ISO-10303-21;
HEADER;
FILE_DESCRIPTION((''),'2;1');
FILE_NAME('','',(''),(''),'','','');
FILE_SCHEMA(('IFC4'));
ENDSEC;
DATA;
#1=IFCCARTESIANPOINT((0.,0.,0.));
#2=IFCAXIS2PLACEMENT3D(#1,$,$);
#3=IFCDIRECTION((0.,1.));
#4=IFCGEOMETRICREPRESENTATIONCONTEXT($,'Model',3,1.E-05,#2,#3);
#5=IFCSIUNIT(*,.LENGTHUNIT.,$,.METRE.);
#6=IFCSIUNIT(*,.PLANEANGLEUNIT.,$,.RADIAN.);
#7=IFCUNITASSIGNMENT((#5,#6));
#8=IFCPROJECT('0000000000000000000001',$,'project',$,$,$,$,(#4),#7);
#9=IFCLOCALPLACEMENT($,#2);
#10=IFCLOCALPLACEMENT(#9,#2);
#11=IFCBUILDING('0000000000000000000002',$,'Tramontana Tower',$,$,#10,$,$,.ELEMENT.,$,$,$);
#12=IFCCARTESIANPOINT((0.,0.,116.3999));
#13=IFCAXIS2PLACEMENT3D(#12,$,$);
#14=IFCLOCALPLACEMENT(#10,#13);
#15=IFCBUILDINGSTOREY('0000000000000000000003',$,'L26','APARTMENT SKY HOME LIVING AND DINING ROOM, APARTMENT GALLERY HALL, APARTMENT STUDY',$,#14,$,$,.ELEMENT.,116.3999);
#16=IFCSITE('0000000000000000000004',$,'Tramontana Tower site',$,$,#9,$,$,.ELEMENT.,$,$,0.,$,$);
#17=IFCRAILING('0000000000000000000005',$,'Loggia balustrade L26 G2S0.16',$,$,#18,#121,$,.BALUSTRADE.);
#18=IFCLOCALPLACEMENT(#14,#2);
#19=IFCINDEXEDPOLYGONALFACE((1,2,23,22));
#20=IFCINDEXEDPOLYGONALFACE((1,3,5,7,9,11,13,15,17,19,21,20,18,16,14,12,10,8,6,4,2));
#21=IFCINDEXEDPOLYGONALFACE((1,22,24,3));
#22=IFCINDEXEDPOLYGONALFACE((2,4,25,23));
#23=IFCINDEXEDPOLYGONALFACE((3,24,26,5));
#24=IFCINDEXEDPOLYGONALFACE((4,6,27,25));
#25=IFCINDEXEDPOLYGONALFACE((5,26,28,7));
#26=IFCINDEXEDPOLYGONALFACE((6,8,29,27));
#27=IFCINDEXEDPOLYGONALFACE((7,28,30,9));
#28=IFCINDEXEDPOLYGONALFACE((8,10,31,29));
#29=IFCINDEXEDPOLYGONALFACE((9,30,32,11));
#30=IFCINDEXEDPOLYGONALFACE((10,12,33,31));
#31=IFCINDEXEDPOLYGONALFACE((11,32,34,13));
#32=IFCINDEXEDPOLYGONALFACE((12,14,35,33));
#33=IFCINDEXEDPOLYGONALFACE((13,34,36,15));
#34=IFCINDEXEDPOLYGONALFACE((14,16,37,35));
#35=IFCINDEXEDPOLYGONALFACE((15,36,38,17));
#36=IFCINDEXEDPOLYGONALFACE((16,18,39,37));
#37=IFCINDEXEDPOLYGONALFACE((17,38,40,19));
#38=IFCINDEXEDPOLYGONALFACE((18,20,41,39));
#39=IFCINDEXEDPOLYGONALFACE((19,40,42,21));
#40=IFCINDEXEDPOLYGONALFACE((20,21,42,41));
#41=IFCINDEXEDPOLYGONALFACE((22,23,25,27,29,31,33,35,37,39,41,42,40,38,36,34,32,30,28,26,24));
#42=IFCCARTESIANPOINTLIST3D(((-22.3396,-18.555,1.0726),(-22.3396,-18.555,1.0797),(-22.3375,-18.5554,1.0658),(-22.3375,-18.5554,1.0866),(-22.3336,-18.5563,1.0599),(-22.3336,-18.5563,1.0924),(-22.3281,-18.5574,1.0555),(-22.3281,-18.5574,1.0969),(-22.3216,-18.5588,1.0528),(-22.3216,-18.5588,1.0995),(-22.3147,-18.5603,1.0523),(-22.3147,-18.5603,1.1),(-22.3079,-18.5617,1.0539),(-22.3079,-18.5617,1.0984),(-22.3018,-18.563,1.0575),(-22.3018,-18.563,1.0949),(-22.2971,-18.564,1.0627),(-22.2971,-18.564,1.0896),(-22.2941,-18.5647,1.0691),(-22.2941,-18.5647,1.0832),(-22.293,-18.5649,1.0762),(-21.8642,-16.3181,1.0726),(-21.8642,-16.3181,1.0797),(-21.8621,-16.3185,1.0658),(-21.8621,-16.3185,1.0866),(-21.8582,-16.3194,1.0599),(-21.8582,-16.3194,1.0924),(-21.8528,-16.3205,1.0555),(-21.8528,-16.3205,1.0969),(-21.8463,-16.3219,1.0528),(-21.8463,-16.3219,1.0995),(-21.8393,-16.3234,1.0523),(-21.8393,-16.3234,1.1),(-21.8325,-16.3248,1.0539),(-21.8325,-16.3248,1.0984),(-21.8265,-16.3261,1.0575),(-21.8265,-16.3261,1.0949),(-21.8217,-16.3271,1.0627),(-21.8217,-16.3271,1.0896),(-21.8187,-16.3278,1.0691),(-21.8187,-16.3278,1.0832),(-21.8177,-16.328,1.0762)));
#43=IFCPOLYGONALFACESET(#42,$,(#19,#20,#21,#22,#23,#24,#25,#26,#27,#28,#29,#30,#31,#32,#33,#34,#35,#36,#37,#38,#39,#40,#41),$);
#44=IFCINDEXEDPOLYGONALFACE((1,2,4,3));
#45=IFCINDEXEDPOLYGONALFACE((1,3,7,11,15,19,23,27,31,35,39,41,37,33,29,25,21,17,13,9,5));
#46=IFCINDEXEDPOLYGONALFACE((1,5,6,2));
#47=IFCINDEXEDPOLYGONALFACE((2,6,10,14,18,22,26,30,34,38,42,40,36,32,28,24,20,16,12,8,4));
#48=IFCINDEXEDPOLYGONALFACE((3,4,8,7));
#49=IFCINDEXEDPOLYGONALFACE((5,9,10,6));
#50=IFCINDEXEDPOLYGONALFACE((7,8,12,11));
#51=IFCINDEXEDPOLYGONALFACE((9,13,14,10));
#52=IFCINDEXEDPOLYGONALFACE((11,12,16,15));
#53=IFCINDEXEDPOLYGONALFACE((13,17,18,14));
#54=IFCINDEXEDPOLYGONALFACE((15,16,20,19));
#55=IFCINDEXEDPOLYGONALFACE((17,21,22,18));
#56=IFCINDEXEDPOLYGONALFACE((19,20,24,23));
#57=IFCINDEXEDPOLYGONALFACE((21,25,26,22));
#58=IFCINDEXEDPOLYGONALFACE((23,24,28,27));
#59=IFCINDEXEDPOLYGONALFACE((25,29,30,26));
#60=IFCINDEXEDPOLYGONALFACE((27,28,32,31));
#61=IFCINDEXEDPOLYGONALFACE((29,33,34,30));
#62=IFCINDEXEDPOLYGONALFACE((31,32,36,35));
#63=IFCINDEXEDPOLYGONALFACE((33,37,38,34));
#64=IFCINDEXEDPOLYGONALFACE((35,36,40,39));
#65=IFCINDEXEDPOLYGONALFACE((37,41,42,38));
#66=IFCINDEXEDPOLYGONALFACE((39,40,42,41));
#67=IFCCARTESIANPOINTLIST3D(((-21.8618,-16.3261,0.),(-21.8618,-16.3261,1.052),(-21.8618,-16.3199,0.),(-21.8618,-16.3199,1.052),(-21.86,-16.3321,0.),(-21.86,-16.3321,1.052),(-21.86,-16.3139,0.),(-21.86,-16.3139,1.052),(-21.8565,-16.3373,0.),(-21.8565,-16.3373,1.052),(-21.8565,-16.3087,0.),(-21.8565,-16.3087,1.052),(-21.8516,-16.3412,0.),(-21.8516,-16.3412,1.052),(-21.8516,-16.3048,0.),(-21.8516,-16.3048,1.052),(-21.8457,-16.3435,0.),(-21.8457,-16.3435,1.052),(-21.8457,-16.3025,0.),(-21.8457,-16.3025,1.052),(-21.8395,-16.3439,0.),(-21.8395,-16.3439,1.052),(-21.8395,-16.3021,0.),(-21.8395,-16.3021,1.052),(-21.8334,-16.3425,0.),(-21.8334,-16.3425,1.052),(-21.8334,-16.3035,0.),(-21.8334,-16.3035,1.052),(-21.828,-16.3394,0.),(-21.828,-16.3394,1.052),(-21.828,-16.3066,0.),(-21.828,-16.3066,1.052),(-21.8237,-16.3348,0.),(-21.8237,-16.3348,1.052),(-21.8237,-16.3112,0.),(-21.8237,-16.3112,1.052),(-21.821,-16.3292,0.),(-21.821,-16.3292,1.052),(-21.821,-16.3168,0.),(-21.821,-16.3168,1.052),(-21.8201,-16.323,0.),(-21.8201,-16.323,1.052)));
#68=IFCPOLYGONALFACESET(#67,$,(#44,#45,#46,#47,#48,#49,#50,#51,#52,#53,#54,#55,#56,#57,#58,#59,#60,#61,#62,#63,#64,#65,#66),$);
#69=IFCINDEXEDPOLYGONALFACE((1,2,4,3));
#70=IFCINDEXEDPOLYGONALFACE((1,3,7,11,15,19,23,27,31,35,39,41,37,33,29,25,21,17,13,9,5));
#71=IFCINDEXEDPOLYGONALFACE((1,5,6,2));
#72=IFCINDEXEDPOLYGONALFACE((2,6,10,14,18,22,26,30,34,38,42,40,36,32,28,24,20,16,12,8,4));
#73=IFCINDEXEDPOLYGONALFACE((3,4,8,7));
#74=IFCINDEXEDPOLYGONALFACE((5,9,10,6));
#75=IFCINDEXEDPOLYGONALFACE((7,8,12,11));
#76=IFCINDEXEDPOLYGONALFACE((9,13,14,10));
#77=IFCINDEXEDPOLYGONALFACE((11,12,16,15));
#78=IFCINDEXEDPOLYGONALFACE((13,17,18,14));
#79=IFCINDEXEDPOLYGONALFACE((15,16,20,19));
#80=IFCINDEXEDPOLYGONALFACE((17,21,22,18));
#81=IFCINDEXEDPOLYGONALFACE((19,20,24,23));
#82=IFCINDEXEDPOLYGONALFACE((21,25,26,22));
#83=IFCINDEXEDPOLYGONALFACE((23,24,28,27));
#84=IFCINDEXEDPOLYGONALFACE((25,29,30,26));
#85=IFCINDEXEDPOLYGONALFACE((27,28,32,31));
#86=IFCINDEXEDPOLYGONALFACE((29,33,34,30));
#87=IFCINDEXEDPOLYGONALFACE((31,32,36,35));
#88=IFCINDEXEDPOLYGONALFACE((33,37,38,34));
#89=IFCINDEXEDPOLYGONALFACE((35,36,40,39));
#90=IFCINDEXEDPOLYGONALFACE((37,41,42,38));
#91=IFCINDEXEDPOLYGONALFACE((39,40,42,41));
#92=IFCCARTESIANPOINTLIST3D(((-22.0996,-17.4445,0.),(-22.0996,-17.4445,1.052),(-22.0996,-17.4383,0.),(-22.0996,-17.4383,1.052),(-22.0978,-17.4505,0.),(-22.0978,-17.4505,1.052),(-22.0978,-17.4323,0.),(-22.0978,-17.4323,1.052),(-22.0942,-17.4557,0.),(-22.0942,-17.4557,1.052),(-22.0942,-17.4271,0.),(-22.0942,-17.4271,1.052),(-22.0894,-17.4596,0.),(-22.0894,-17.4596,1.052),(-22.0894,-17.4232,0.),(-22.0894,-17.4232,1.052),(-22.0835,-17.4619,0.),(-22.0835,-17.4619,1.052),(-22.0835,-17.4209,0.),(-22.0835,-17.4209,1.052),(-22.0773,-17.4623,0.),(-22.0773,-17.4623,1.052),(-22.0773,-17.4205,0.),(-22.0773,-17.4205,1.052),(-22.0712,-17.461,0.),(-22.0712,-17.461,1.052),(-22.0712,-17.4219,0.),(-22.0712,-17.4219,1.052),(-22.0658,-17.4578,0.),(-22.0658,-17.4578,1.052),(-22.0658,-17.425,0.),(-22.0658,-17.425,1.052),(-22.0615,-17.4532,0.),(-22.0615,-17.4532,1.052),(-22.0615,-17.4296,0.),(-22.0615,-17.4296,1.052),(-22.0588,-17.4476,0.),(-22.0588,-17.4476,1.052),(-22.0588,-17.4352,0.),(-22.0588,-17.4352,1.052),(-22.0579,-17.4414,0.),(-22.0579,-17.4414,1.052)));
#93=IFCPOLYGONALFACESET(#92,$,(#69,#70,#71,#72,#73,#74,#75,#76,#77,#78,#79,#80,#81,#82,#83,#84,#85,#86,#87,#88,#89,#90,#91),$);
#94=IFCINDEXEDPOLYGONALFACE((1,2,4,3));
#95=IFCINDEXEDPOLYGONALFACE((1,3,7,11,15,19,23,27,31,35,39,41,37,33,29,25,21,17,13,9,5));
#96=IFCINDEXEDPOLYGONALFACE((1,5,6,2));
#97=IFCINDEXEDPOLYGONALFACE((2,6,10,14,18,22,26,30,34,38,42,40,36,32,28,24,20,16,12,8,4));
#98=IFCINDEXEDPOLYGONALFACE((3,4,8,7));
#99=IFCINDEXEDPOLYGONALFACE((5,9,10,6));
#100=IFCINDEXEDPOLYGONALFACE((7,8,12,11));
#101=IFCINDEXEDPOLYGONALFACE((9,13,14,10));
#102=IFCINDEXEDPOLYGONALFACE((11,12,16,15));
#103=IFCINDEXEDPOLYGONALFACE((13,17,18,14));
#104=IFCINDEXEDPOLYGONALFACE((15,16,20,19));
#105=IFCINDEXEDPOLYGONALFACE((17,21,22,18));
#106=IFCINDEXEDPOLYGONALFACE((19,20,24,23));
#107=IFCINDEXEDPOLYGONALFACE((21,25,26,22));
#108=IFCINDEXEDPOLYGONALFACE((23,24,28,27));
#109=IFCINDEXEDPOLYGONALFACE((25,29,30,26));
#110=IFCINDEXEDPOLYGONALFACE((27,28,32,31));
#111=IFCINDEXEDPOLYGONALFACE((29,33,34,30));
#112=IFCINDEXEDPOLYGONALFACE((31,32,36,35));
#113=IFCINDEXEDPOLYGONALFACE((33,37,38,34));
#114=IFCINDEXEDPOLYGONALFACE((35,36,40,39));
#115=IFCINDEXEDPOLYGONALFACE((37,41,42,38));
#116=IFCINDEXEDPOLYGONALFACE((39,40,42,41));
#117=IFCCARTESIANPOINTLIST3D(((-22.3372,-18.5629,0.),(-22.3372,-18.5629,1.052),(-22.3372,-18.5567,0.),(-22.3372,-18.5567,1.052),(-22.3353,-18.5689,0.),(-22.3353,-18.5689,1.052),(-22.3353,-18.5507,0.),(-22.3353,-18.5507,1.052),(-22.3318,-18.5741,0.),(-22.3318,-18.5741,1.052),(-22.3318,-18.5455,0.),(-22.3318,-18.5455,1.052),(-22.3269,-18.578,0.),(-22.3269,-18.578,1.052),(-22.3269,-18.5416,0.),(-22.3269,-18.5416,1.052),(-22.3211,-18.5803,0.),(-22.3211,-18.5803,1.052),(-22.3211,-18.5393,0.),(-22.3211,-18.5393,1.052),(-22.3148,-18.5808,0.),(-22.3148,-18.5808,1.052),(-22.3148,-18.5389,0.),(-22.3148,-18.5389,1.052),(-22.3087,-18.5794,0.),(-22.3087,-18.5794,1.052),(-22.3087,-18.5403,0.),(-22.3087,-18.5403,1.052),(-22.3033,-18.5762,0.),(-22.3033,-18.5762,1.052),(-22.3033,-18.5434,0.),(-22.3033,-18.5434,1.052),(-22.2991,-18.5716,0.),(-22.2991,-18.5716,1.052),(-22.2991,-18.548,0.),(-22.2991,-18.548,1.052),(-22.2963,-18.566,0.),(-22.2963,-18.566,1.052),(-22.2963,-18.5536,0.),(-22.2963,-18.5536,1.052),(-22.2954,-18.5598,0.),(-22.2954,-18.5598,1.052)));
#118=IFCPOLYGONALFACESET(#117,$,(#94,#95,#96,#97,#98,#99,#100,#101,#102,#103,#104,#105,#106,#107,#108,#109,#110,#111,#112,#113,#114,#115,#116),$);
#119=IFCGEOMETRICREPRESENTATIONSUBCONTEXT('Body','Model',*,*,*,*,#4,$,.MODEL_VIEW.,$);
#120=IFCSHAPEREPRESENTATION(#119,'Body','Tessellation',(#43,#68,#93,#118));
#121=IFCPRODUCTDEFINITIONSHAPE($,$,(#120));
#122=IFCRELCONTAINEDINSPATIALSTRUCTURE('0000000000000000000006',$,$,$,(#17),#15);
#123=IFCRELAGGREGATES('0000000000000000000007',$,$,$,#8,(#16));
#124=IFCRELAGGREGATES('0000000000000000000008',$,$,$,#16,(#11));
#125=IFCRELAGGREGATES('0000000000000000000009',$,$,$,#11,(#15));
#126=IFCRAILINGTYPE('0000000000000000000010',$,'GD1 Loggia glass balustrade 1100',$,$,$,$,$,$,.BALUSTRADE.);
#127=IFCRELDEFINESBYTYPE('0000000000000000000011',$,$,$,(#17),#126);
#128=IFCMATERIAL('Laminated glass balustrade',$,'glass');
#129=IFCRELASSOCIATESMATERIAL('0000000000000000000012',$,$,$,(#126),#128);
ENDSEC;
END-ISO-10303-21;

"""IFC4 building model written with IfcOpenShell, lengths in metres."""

from ifc_helpers import new_model, si_unit, direction, frame, origin, origin_2d, place, context, subcontext, project, spatial, circle, extrude, material, type_object, element, save


model = new_model("IFC4")

# Units and contexts
model_context = context("Model", 3, precision=1e-05, world=origin(), true_north=direction((0.0, 1.0)))
body_context = subcontext(model_context, "Body", "Model", "MODEL_VIEW")
ifc_project = project(units=[si_unit("LENGTHUNIT", "METRE"), si_unit("PLANEANGLEUNIT", "RADIAN")], contexts=[model_context])

# Site, building, storey
site_placement = place(None, origin())
site = spatial("IfcSite", under=ifc_project, at=site_placement, Name="Tramontana Tower site", CompositionType="ELEMENT", RefElevation=0.0)
building_placement = place(site_placement, origin())
building = spatial("IfcBuilding", under=site, at=building_placement, Name="Tramontana Tower", CompositionType="ELEMENT")
storey_placement = place(building_placement, frame((0.0, 0.0, 116.3999)))
storey = spatial("IfcBuildingStorey", under=building, at=storey_placement, Name="L26", Description="APARTMENT SKY HOME LIVING AND DINING ROOM, APARTMENT GALLERY HALL, APARTMENT STUDY", CompositionType="ELEMENT", Elevation=116.3999)

# Railing
ifc_material_1 = material(Name="Laminated glass balustrade", Category="glass")
railing_type = type_object("IfcRailingType", Name="GD1 Loggia glass balustrade 1100", PredefinedType="BALUSTRADE", material=ifc_material_1)
railing_1_placement = place(storey_placement, frame((-21.8411, -16.323, 0.0)))
element("IfcRailing", 1, at=railing_1_placement, inside=storey, type_object=railing_type, Name="Loggia balustrade L26 G2S0.16", PredefinedType="BALUSTRADE", context=body_context, shape_type="SweptSolid", body=[
    extrude(circle(Radius=0.0239, at=origin_2d()), frame((0.0, 0.0, 1.0762), z_axis=(-0.207866, -0.978157, 0.0), x_axis=(0.978157, -0.207866, 0.0)), (0.0, 0.0, 1.0), 2.2869),
    extrude(circle(Radius=0.021, at=origin_2d()), origin(), (0.0, 0.0, 1.0), 1.052),
    extrude(circle(Radius=0.021, at=origin_2d()), frame((-0.2378, -1.1184, 0.0)), (0.0, 0.0, 1.0), 1.052),
    extrude(circle(Radius=0.021, at=origin_2d()), frame((-0.4753, -2.2368, 0.0)), (0.0, 0.0, 1.0), 1.052),
])

save(model, "model.ifc")
